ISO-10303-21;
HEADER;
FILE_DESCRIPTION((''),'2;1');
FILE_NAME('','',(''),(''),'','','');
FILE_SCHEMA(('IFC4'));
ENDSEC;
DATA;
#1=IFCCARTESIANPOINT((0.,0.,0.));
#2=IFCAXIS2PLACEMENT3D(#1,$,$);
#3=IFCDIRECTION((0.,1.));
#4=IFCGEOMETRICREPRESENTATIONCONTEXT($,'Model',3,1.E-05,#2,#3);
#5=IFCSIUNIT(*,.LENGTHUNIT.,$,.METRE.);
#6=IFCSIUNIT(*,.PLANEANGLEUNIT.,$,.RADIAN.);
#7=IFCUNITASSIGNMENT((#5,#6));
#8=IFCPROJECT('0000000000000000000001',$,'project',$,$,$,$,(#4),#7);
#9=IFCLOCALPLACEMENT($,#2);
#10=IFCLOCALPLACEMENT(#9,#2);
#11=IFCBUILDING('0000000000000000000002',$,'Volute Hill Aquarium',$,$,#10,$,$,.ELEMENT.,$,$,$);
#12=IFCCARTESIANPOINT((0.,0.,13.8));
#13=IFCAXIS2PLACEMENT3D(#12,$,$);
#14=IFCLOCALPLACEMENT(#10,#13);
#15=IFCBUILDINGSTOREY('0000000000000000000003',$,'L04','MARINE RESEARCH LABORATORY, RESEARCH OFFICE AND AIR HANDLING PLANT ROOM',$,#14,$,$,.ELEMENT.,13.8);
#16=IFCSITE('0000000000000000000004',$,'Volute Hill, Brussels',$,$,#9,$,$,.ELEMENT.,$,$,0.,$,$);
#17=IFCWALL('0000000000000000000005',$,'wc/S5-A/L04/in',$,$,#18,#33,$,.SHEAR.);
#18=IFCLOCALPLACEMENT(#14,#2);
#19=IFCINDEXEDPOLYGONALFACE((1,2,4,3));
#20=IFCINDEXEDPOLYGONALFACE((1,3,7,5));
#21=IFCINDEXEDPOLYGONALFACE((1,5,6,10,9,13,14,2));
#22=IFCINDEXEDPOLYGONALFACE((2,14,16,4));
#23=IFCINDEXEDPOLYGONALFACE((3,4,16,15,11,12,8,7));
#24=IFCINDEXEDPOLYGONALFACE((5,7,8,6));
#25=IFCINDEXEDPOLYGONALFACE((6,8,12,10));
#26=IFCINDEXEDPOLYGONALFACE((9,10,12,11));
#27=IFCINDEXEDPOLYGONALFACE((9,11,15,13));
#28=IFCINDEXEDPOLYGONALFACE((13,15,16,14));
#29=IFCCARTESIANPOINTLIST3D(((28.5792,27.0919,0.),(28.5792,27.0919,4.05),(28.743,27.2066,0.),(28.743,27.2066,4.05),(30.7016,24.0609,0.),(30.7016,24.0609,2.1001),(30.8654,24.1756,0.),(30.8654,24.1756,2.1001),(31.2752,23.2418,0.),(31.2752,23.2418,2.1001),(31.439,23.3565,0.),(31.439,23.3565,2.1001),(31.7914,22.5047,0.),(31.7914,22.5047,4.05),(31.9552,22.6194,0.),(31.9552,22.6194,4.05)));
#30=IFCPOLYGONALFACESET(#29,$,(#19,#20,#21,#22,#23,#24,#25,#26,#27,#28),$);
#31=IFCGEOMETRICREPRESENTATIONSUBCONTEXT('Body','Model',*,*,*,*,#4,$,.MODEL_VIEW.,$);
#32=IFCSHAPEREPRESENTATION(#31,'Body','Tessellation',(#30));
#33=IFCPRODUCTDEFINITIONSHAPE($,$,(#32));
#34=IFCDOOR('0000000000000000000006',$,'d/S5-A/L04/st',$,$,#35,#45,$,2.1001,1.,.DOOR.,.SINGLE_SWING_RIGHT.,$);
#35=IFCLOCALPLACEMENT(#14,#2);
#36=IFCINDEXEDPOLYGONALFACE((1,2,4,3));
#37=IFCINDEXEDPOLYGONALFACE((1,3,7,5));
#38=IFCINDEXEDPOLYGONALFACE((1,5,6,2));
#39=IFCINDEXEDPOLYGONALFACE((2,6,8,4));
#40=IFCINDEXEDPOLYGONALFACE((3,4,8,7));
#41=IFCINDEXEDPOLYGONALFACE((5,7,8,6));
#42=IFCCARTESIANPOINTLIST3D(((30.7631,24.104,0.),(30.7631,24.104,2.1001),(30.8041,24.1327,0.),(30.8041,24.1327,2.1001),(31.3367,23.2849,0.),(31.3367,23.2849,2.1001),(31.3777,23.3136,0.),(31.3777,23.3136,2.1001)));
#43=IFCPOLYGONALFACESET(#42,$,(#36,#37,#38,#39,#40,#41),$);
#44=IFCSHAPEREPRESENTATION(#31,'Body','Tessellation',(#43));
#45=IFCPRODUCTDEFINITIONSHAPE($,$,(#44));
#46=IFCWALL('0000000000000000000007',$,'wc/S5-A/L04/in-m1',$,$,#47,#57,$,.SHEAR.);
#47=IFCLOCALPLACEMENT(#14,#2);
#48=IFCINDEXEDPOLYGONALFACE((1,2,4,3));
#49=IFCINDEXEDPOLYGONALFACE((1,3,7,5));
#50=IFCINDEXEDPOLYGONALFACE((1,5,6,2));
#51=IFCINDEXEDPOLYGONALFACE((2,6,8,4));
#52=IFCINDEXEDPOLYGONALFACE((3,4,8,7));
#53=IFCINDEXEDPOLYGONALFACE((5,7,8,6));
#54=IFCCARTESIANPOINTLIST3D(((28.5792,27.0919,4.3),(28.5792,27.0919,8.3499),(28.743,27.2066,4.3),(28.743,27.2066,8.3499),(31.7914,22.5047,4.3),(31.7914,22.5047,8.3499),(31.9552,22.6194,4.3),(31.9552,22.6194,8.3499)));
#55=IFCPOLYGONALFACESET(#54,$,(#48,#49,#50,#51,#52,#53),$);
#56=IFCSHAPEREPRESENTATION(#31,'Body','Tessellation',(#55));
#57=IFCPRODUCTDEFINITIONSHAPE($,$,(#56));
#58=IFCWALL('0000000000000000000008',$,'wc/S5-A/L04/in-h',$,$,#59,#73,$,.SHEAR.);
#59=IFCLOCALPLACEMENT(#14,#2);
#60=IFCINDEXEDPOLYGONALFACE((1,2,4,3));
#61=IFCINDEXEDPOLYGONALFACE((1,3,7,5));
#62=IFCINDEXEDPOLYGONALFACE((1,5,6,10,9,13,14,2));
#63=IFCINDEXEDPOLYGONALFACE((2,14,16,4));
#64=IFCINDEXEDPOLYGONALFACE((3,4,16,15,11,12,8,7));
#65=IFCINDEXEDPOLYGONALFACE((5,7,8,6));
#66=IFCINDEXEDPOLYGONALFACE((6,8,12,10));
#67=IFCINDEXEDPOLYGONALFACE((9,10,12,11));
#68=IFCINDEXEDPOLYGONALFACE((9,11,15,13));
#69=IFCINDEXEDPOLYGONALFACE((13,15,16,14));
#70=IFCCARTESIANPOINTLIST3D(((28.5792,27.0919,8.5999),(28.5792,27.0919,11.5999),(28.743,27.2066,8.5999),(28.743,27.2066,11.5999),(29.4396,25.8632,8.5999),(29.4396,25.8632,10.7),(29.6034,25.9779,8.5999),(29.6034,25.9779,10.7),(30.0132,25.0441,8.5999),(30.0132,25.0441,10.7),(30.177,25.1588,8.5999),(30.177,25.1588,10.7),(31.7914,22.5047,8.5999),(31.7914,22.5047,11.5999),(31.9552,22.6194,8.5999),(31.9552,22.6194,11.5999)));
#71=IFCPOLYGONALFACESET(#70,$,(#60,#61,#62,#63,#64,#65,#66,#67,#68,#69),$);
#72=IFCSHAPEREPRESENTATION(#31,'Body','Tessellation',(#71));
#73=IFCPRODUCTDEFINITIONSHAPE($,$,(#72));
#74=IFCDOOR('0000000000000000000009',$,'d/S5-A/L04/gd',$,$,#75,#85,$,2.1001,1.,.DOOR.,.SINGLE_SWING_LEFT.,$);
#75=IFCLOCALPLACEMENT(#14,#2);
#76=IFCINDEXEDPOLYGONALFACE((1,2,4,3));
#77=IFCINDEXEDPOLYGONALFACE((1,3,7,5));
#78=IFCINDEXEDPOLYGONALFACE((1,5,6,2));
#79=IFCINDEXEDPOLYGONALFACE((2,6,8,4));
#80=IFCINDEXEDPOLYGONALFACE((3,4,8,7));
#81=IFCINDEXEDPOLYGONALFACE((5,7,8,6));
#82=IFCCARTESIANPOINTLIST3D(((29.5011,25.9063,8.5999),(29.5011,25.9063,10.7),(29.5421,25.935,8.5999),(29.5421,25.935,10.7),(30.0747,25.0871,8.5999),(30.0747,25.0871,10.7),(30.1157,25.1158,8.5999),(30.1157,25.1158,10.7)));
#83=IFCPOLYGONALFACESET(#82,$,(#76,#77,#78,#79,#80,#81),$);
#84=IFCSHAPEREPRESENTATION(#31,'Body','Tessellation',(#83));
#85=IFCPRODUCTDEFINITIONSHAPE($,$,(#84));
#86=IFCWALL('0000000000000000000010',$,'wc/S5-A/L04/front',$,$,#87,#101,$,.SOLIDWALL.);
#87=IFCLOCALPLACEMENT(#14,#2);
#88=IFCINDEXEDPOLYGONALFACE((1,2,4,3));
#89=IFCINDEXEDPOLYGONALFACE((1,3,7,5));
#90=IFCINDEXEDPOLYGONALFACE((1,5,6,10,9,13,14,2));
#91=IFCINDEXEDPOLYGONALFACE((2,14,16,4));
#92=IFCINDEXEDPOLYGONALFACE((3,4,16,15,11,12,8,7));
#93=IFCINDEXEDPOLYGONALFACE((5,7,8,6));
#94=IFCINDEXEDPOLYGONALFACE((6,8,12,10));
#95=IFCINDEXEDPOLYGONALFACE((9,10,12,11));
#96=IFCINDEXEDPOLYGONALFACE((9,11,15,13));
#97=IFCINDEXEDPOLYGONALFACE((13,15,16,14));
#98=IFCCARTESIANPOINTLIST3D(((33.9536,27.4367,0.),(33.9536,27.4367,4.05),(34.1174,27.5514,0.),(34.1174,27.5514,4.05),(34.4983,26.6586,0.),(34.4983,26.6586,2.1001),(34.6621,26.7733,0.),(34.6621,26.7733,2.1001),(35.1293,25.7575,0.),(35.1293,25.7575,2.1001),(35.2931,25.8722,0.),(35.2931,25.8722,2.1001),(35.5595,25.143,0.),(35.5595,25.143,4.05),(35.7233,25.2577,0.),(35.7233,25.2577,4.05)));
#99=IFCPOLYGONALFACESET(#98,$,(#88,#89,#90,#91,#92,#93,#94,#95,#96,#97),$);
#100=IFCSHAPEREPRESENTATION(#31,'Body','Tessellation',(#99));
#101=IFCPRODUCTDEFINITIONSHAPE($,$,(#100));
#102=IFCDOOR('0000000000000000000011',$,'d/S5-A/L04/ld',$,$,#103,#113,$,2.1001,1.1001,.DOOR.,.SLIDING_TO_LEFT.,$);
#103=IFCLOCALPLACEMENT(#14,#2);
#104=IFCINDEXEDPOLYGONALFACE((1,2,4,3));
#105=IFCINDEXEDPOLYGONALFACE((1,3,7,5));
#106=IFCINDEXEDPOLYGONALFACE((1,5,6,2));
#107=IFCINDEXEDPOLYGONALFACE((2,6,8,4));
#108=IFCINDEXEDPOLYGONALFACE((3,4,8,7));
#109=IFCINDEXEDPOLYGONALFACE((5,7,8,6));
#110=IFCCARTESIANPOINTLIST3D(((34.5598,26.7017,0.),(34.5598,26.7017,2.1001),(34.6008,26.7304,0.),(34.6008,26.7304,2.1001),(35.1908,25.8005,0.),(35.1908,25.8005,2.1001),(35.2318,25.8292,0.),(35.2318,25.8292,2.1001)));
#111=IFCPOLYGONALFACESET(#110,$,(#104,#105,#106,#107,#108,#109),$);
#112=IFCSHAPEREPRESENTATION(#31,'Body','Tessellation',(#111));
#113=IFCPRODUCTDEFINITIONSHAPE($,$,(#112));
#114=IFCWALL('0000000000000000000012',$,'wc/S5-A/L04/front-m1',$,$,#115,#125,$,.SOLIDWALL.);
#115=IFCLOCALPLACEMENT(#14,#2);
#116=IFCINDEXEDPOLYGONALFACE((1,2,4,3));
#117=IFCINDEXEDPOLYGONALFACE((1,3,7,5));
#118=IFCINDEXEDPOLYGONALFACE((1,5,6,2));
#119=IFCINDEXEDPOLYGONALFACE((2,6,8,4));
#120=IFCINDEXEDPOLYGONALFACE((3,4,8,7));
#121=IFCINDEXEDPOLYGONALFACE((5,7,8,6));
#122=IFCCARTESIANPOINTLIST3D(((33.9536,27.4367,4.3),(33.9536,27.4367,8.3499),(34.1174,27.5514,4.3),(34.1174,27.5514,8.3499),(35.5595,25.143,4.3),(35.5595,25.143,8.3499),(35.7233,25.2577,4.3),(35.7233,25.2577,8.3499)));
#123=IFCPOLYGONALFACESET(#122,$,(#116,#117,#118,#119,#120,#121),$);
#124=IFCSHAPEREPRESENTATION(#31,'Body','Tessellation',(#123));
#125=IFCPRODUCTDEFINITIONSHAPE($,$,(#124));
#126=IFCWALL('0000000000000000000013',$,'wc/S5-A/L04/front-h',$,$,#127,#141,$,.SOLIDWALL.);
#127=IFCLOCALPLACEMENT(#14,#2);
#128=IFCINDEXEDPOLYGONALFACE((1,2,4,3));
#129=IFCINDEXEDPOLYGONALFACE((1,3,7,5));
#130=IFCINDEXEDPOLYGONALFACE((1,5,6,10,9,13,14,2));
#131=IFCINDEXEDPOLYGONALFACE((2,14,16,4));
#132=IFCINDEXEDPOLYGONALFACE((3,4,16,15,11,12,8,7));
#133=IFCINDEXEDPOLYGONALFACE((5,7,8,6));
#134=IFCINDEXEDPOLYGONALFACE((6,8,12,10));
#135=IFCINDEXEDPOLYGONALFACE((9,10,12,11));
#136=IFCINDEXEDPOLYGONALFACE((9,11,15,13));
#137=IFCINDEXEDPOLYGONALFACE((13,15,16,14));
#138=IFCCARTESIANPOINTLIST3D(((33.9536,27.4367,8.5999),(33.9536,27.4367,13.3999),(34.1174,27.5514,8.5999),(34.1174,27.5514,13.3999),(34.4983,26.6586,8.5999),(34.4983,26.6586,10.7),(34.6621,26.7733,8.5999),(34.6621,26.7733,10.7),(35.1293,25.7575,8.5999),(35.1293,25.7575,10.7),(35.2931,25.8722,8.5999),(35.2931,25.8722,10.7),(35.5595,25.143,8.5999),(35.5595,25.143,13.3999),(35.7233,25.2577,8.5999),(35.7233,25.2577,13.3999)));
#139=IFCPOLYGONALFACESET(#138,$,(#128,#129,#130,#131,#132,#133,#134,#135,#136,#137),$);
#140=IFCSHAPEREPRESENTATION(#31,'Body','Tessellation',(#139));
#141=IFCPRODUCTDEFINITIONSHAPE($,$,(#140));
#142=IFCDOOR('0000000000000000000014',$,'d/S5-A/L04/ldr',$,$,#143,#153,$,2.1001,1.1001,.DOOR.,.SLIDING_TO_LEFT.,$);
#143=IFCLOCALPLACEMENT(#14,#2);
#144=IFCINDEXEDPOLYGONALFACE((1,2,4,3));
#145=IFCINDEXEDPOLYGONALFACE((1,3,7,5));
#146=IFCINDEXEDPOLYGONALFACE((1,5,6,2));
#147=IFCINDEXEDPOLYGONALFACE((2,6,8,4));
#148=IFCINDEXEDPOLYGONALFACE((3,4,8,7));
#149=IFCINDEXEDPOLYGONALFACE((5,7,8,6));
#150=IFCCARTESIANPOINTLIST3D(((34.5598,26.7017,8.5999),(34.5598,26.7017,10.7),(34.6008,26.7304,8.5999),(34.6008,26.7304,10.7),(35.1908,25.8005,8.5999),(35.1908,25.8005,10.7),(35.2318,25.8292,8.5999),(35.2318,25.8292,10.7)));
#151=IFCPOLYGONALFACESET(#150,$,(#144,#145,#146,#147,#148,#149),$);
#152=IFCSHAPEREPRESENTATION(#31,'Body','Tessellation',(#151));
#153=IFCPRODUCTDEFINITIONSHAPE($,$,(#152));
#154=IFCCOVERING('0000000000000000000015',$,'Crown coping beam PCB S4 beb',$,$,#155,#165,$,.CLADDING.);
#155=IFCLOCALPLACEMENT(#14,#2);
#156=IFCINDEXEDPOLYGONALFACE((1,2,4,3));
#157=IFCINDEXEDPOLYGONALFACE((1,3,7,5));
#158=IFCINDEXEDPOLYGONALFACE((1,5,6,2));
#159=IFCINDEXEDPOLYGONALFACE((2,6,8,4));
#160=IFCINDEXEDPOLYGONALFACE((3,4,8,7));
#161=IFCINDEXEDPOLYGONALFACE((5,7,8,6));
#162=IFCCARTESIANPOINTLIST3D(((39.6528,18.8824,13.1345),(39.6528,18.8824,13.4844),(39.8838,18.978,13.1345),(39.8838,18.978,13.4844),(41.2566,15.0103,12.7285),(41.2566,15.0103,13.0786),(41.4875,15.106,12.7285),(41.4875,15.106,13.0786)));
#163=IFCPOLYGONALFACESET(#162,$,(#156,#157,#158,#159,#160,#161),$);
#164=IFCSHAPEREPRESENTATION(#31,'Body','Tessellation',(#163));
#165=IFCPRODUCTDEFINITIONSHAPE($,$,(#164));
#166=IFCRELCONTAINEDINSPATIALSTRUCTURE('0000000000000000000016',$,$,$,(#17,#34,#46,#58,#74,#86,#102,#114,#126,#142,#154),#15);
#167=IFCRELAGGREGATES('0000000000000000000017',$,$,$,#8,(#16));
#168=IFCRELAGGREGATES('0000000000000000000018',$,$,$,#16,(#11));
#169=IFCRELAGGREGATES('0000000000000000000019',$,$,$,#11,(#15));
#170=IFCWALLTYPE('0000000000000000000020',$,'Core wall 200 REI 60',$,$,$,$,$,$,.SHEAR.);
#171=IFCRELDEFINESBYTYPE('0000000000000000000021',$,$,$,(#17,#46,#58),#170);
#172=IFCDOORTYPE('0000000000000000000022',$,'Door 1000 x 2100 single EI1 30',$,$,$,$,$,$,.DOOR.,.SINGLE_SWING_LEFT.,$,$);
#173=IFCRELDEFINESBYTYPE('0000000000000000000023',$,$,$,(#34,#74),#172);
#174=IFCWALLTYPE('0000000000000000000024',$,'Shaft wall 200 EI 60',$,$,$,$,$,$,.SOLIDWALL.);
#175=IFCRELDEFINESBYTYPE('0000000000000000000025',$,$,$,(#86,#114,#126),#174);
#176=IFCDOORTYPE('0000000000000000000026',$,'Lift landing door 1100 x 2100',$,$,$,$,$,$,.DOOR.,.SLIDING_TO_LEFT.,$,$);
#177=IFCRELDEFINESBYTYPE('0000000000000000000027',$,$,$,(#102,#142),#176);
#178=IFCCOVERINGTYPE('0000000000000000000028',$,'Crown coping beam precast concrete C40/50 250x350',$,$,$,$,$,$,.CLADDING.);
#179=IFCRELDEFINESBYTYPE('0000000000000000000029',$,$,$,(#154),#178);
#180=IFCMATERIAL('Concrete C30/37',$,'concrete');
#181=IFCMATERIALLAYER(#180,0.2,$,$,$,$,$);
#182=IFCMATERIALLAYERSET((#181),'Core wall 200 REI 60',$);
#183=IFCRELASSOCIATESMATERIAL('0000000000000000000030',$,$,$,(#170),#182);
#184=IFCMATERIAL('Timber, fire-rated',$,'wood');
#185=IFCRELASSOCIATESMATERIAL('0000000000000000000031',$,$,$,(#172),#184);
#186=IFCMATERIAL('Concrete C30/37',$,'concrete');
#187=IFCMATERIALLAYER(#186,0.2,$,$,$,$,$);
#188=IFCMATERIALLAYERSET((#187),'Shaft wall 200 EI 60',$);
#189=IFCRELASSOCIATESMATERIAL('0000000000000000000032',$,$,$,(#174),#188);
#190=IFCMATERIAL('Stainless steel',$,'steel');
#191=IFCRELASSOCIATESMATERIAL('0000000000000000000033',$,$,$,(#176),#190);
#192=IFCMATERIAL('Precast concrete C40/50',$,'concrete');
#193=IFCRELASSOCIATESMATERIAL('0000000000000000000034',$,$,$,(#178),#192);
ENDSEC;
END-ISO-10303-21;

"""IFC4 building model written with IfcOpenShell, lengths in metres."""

from ifc_helpers import new_model, si_unit, direction, frame, frame_2d, origin, place, context, subcontext, project, spatial, polyline, rectangle, outline, extrude, material, layer, layer_set, type_object, element, fill, save


model = new_model("IFC4")

# Units and contexts
model_context = context("Model", 3, precision=1e-05, world=origin(), true_north=direction((0.0, 1.0)))
body_context = subcontext(model_context, "Body", "Model", "MODEL_VIEW")
ifc_project = project(units=[si_unit("LENGTHUNIT", "METRE"), si_unit("PLANEANGLEUNIT", "RADIAN")], contexts=[model_context])

# Site, building, storey
site_placement = place(None, origin())
site = spatial("IfcSite", under=ifc_project, at=site_placement, Name="Volute Hill, Brussels", CompositionType="ELEMENT", RefElevation=0.0)
building_placement = place(site_placement, origin())
building = spatial("IfcBuilding", under=site, at=building_placement, Name="Volute Hill Aquarium", CompositionType="ELEMENT")
storey_placement = place(building_placement, frame((0.0, 0.0, 13.8)))
storey = spatial("IfcBuildingStorey", under=building, at=storey_placement, Name="L04", Description="MARINE RESEARCH LABORATORY, RESEARCH OFFICE AND AIR HANDLING PLANT ROOM", CompositionType="ELEMENT", Elevation=13.8)

# Wall, opening, door
ifc_material_1 = material(Name="Concrete C30/37", Category="concrete")
ifc_layer_1 = layer(ifc_material_1, 0.2)
ifc_layer_set_1 = layer_set([ifc_layer_1], Name="Core wall 200 REI 60")
wall_type_1 = type_object("IfcWallType", Name="Core wall 200 REI 60", PredefinedType="SHEAR", material=ifc_layer_set_1)
wall_1_placement = place(storey_placement, frame((31.8733, 22.562, 0.0), z_axis=(0.0, 0.0, 1.0), x_axis=(-0.5736, 0.819136, 0.0)))
wall_1 = element("IfcWall", 1, at=wall_1_placement, inside=storey, type_object=wall_type_1, Name="wc/S5-A/L04/in", PredefinedType="SHEAR", context=body_context, shape_type="SweptSolid", body=[
    extrude(rectangle(XDim=5.6001, YDim=0.2, at=frame_2d((2.8, 0.0))), origin(), (0.0, 0.0, 1.0), 4.05),
])
opening_1_placement = place(wall_1_placement, frame((0.8999, 0.0, 0.0)))
opening_1 = element("IfcOpeningElement", 2, at=opening_1_placement, cuts=wall_1, PredefinedType="OPENING", context=body_context, shape_type="SweptSolid", body=[
    extrude(rectangle(XDim=1.0, YDim=2.1001, at=frame_2d((0.5, 1.05))), frame((0.0, 0.1099, 0.0), z_axis=(0.0, -1.0, 0.0), x_axis=(1.0, 0.0, 0.0)), (0.0, 0.0, 1.0), 0.22),
])
ifc_material_2 = material(Name="Timber, fire-rated", Category="wood")
door_type_1 = type_object("IfcDoorType", Name="Door 1000 x 2100 single EI1 30", OperationType="SINGLE_SWING_LEFT", PredefinedType="DOOR", material=ifc_material_2)
door_1_placement = place(opening_1_placement, origin())
door_1 = element("IfcDoor", 3, at=door_1_placement, inside=storey, type_object=door_type_1, Name="d/S5-A/L04/st", OperationType="SINGLE_SWING_RIGHT", OverallHeight=2.1001, OverallWidth=1.0, PredefinedType="DOOR", context=body_context, shape_type="SweptSolid", body=[
    extrude(rectangle(XDim=1.0, YDim=2.1001, at=frame_2d((0.5, 1.05))), frame((0.0, 0.0249, 0.0), z_axis=(0.0, -1.0, 0.0), x_axis=(1.0, 0.0, 0.0)), (0.0, 0.0, 1.0), 0.05),
])
fill(opening_1, door_1)

# Wall
wall_2_placement = place(storey_placement, frame((31.8733, 22.562, 4.3), z_axis=(0.0, 0.0, 1.0), x_axis=(-0.5736, 0.819136, 0.0)))
element("IfcWall", 4, at=wall_2_placement, inside=storey, type_object=wall_type_1, Name="wc/S5-A/L04/in-m1", PredefinedType="SHEAR", context=body_context, shape_type="SweptSolid", body=[
    extrude(rectangle(XDim=5.6001, YDim=0.2, at=frame_2d((2.8, 0.0))), origin(), (0.0, 0.0, 1.0), 4.0498),
])

# Walls, openings, doors
wall_3_placement = place(storey_placement, frame((31.8733, 22.562, 8.5999), z_axis=(0.0, 0.0, 1.0), x_axis=(-0.5736, 0.819136, 0.0)))
wall_3 = element("IfcWall", 5, at=wall_3_placement, inside=storey, type_object=wall_type_1, Name="wc/S5-A/L04/in-h", PredefinedType="SHEAR", context=body_context, shape_type="SweptSolid", body=[
    extrude(rectangle(XDim=5.6001, YDim=0.2, at=frame_2d((2.8, 0.0))), origin(), (0.0, 0.0, 1.0), 3.0),
])
opening_2_placement = place(wall_3_placement, frame((3.1001, 0.0, 0.0)))
opening_2 = element("IfcOpeningElement", 6, at=opening_2_placement, cuts=wall_3, PredefinedType="OPENING", context=body_context, shape_type="SweptSolid", body=[
    extrude(rectangle(XDim=1.0, YDim=2.1001, at=frame_2d((0.5, 1.05))), frame((0.0, 0.1099, 0.0), z_axis=(0.0, -1.0, 0.0), x_axis=(1.0, 0.0, 0.0)), (0.0, 0.0, 1.0), 0.22),
])
door_2_placement = place(opening_2_placement, origin())
door_2 = element("IfcDoor", 7, at=door_2_placement, inside=storey, type_object=door_type_1, Name="d/S5-A/L04/gd", OperationType="SINGLE_SWING_LEFT", OverallHeight=2.1001, OverallWidth=1.0, PredefinedType="DOOR", context=body_context, shape_type="SweptSolid", body=[
    extrude(rectangle(XDim=1.0, YDim=2.1001, at=frame_2d((0.5, 1.05))), frame((0.0, 0.0249, 0.0), z_axis=(0.0, -1.0, 0.0), x_axis=(1.0, 0.0, 0.0)), (0.0, 0.0, 1.0), 0.05),
])
fill(opening_2, door_2)
ifc_material_3 = material(Name="Concrete C30/37", Category="concrete")
ifc_layer_2 = layer(ifc_material_3, 0.2)
ifc_layer_set_2 = layer_set([ifc_layer_2], Name="Shaft wall 200 EI 60")
wall_type_2 = type_object("IfcWallType", Name="Shaft wall 200 EI 60", PredefinedType="SOLIDWALL", material=ifc_layer_set_2)
wall_4_placement = place(storey_placement, frame((35.6414, 25.2004, 0.0), z_axis=(0.0, 0.0, 1.0), x_axis=(-0.57355, 0.81917, 0.0)))
wall_4 = element("IfcWall", 8, at=wall_4_placement, inside=storey, type_object=wall_type_2, Name="wc/S5-A/L04/front", PredefinedType="SOLIDWALL", context=body_context, shape_type="SweptSolid", body=[
    extrude(rectangle(XDim=2.8, YDim=0.2, at=frame_2d((1.3999, 0.0))), origin(), (0.0, 0.0, 1.0), 4.05),
])
opening_3_placement = place(wall_4_placement, frame((0.75, 0.0, 0.0)))
opening_3 = element("IfcOpeningElement", 9, at=opening_3_placement, cuts=wall_4, PredefinedType="OPENING", context=body_context, shape_type="SweptSolid", body=[
    extrude(rectangle(XDim=1.1001, YDim=2.1001, at=frame_2d((0.55, 1.05))), frame((0.0, 0.1099, 0.0), z_axis=(0.0, -1.0, 0.0), x_axis=(1.0, 0.0, 0.0)), (0.0, 0.0, 1.0), 0.22),
])
ifc_material_4 = material(Name="Stainless steel", Category="steel")
door_type_2 = type_object("IfcDoorType", Name="Lift landing door 1100 x 2100", OperationType="SLIDING_TO_LEFT", PredefinedType="DOOR", material=ifc_material_4)
door_3_placement = place(opening_3_placement, origin())
door_3 = element("IfcDoor", 10, at=door_3_placement, inside=storey, type_object=door_type_2, Name="d/S5-A/L04/ld", OperationType="SLIDING_TO_LEFT", OverallHeight=2.1001, OverallWidth=1.1001, PredefinedType="DOOR", context=body_context, shape_type="SweptSolid", body=[
    extrude(rectangle(XDim=1.1001, YDim=2.1001, at=frame_2d((0.55, 1.05))), frame((0.0, 0.0249, 0.0), z_axis=(0.0, -1.0, 0.0), x_axis=(1.0, 0.0, 0.0)), (0.0, 0.0, 1.0), 0.05),
])
fill(opening_3, door_3)

# Wall
wall_5_placement = place(storey_placement, frame((35.6414, 25.2004, 4.3), z_axis=(0.0, 0.0, 1.0), x_axis=(-0.57355, 0.81917, 0.0)))
element("IfcWall", 11, at=wall_5_placement, inside=storey, type_object=wall_type_2, Name="wc/S5-A/L04/front-m1", PredefinedType="SOLIDWALL", context=body_context, shape_type="SweptSolid", body=[
    extrude(rectangle(XDim=2.8, YDim=0.2, at=frame_2d((1.3999, 0.0))), origin(), (0.0, 0.0, 1.0), 4.0498),
])

# Wall, opening, door
wall_6_placement = place(storey_placement, frame((35.6414, 25.2004, 8.5999), z_axis=(0.0, 0.0, 1.0), x_axis=(-0.57355, 0.81917, 0.0)))
wall_6 = element("IfcWall", 12, at=wall_6_placement, inside=storey, type_object=wall_type_2, Name="wc/S5-A/L04/front-h", PredefinedType="SOLIDWALL", context=body_context, shape_type="SweptSolid", body=[
    extrude(rectangle(XDim=2.8, YDim=0.2, at=frame_2d((1.3999, 0.0))), origin(), (0.0, 0.0, 1.0), 4.8),
])
opening_4_placement = place(wall_6_placement, frame((0.75, 0.0, 0.0)))
opening_4 = element("IfcOpeningElement", 13, at=opening_4_placement, cuts=wall_6, PredefinedType="OPENING", context=body_context, shape_type="SweptSolid", body=[
    extrude(rectangle(XDim=1.1001, YDim=2.1001, at=frame_2d((0.55, 1.05))), frame((0.0, 0.1099, 0.0), z_axis=(0.0, -1.0, 0.0), x_axis=(1.0, 0.0, 0.0)), (0.0, 0.0, 1.0), 0.22),
])
door_4_placement = place(opening_4_placement, origin())
door_4 = element("IfcDoor", 14, at=door_4_placement, inside=storey, type_object=door_type_2, Name="d/S5-A/L04/ldr", OperationType="SLIDING_TO_LEFT", OverallHeight=2.1001, OverallWidth=1.1001, PredefinedType="DOOR", context=body_context, shape_type="SweptSolid", body=[
    extrude(rectangle(XDim=1.1001, YDim=2.1001, at=frame_2d((0.55, 1.05))), frame((0.0, 0.0249, 0.0), z_axis=(0.0, -1.0, 0.0), x_axis=(1.0, 0.0, 0.0)), (0.0, 0.0, 1.0), 0.05),
])
fill(opening_4, door_4)

# Covering
ifc_material_5 = material(Name="Precast concrete C40/50", Category="concrete")
covering_type_1 = type_object("IfcCoveringType", Name="Crown coping beam precast concrete C40/50 250x350", PredefinedType="CLADDING", material=ifc_material_5)
covering_1_placement = place(storey_placement, frame((41.4875, 15.106, 12.7285), z_axis=(0.923888, 0.382662, 0.0), x_axis=(-0.380879, 0.919583, 0.096423)))
element("IfcCovering", 15, at=covering_1_placement, inside=storey, type_object=covering_type_1, Name="Crown coping beam PCB S4 beb", PredefinedType="CLADDING", context=body_context, shape_type="SweptSolid", body=[
    extrude(outline(polyline([(0.0, 0.0), (4.2107, 0.0), (4.2444, 0.3482), (0.0338, 0.3485), (0.0, 0.0)])), origin(), (0.0, 0.0, -1.0), 0.25),
])

save(model, "model.ifc")
